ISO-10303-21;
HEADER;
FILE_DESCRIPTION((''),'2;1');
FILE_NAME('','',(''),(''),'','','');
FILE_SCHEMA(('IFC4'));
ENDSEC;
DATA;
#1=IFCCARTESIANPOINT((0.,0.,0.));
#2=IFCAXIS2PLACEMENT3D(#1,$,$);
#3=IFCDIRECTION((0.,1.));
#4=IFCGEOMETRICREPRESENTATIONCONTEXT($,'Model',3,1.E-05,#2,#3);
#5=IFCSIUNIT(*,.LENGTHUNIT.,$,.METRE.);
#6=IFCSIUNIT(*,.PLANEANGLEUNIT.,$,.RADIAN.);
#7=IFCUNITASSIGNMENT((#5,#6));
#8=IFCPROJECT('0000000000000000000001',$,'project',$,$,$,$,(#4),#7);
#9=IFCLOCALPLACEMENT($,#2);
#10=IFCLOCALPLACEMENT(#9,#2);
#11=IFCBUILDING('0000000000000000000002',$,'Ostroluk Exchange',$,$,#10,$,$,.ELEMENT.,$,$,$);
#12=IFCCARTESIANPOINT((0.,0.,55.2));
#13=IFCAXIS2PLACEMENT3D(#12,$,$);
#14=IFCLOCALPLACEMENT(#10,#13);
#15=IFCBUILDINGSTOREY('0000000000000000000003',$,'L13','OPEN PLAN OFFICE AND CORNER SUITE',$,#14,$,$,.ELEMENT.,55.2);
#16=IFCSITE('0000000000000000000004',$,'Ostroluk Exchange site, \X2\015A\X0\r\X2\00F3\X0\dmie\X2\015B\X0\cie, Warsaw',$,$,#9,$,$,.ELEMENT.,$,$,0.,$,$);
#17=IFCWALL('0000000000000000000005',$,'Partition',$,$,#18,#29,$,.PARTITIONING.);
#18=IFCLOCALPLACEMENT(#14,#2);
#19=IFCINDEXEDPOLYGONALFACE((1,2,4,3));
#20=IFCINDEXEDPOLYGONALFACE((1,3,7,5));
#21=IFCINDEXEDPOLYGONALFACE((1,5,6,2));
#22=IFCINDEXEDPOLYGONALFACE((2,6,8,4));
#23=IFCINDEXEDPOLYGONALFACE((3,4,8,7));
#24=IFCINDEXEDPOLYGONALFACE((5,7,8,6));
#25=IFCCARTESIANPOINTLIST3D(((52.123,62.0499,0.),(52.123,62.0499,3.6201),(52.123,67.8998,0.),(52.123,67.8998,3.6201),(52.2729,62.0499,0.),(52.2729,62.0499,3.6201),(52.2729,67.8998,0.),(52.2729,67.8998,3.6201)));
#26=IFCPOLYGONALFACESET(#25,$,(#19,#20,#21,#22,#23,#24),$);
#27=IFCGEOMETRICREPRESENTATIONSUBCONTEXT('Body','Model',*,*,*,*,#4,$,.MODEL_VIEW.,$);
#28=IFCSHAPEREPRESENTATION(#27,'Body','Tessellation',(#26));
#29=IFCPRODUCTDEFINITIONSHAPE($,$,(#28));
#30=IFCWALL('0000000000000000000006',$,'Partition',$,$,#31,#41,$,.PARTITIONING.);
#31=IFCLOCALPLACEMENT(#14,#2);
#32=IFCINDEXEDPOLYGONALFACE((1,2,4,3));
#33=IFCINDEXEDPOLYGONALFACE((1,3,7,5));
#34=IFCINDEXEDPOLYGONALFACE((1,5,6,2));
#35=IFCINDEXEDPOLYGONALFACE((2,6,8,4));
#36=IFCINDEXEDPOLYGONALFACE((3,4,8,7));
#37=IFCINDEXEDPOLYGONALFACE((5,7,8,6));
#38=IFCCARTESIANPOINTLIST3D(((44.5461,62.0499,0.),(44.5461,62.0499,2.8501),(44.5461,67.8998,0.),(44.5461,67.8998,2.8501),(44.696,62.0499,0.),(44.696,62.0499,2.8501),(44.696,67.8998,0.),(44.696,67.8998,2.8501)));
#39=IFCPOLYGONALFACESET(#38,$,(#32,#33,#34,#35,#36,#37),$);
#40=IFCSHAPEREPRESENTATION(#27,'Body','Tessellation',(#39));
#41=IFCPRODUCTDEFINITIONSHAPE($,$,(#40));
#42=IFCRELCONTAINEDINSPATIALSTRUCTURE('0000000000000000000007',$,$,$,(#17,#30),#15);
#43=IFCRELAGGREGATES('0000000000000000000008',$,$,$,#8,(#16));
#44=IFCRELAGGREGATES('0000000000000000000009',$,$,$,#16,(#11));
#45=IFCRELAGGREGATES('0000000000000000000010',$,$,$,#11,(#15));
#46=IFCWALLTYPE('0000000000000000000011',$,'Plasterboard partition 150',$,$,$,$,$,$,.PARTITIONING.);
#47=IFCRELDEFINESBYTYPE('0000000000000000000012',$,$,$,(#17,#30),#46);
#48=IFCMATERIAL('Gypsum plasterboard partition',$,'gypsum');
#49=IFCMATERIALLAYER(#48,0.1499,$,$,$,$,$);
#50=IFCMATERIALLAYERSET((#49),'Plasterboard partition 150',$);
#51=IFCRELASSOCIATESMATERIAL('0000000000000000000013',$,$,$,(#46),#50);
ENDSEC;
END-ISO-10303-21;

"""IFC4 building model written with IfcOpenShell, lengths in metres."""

from ifc_helpers import new_model, si_unit, direction, frame, frame_2d, origin, place, context, subcontext, project, spatial, rectangle, extrude, material, layer, layer_set, type_object, element, save


model = new_model("IFC4")

# Units and contexts
model_context = context("Model", 3, precision=1e-05, world=origin(), true_north=direction((0.0, 1.0)))
body_context = subcontext(model_context, "Body", "Model", "MODEL_VIEW")
ifc_project = project(units=[si_unit("LENGTHUNIT", "METRE"), si_unit("PLANEANGLEUNIT", "RADIAN")], contexts=[model_context])

# Site, building, storey
site_placement = place(None, origin())
site = spatial("IfcSite", under=ifc_project, at=site_placement, Name="Ostroluk Exchange site, Śródmieście, Warsaw", CompositionType="ELEMENT", RefElevation=0.0)
building_placement = place(site_placement, origin())
building = spatial("IfcBuilding", under=site, at=building_placement, Name="Ostroluk Exchange", CompositionType="ELEMENT")
storey_placement = place(building_placement, frame((0.0, 0.0, 55.2)))
storey = spatial("IfcBuildingStorey", under=building, at=storey_placement, Name="L13", Description="OPEN PLAN OFFICE AND CORNER SUITE", CompositionType="ELEMENT", Elevation=55.2)

# Walls
ifc_material_1 = material(Name="Gypsum plasterboard partition", Category="gypsum")
ifc_layer_1 = layer(ifc_material_1, 0.1499)
ifc_layer_set_1 = layer_set([ifc_layer_1], Name="Plasterboard partition 150")
wall_type_1 = type_object("IfcWallType", Name="Plasterboard partition 150", PredefinedType="PARTITIONING", material=ifc_layer_set_1)
wall_1_placement = place(storey_placement, frame((52.198, 62.05, 0.0), z_axis=(0.0, 0.0, 1.0), x_axis=(0.0, 1.0, 0.0)))
element("IfcWall", 1, at=wall_1_placement, inside=storey, type_object=wall_type_1, Name="Partition", PredefinedType="PARTITIONING", context=body_context, shape_type="SweptSolid", body=[
    extrude(rectangle(XDim=5.8499, YDim=0.1499, at=frame_2d((2.9248, 0.0))), origin(), (0.0, 0.0, 1.0), 3.6201),
])
wall_2_placement = place(storey_placement, frame((44.6211, 62.05, 0.0), z_axis=(0.0, 0.0, 1.0), x_axis=(0.0, 1.0, 0.0)))
element("IfcWall", 2, at=wall_2_placement, inside=storey, type_object=wall_type_1, Name="Partition", PredefinedType="PARTITIONING", context=body_context, shape_type="SweptSolid", body=[
    extrude(rectangle(XDim=5.8499, YDim=0.1499, at=frame_2d((2.9248, 0.0))), origin(), (0.0, 0.0, 1.0), 2.8501),
])

save(model, "model.ifc")
